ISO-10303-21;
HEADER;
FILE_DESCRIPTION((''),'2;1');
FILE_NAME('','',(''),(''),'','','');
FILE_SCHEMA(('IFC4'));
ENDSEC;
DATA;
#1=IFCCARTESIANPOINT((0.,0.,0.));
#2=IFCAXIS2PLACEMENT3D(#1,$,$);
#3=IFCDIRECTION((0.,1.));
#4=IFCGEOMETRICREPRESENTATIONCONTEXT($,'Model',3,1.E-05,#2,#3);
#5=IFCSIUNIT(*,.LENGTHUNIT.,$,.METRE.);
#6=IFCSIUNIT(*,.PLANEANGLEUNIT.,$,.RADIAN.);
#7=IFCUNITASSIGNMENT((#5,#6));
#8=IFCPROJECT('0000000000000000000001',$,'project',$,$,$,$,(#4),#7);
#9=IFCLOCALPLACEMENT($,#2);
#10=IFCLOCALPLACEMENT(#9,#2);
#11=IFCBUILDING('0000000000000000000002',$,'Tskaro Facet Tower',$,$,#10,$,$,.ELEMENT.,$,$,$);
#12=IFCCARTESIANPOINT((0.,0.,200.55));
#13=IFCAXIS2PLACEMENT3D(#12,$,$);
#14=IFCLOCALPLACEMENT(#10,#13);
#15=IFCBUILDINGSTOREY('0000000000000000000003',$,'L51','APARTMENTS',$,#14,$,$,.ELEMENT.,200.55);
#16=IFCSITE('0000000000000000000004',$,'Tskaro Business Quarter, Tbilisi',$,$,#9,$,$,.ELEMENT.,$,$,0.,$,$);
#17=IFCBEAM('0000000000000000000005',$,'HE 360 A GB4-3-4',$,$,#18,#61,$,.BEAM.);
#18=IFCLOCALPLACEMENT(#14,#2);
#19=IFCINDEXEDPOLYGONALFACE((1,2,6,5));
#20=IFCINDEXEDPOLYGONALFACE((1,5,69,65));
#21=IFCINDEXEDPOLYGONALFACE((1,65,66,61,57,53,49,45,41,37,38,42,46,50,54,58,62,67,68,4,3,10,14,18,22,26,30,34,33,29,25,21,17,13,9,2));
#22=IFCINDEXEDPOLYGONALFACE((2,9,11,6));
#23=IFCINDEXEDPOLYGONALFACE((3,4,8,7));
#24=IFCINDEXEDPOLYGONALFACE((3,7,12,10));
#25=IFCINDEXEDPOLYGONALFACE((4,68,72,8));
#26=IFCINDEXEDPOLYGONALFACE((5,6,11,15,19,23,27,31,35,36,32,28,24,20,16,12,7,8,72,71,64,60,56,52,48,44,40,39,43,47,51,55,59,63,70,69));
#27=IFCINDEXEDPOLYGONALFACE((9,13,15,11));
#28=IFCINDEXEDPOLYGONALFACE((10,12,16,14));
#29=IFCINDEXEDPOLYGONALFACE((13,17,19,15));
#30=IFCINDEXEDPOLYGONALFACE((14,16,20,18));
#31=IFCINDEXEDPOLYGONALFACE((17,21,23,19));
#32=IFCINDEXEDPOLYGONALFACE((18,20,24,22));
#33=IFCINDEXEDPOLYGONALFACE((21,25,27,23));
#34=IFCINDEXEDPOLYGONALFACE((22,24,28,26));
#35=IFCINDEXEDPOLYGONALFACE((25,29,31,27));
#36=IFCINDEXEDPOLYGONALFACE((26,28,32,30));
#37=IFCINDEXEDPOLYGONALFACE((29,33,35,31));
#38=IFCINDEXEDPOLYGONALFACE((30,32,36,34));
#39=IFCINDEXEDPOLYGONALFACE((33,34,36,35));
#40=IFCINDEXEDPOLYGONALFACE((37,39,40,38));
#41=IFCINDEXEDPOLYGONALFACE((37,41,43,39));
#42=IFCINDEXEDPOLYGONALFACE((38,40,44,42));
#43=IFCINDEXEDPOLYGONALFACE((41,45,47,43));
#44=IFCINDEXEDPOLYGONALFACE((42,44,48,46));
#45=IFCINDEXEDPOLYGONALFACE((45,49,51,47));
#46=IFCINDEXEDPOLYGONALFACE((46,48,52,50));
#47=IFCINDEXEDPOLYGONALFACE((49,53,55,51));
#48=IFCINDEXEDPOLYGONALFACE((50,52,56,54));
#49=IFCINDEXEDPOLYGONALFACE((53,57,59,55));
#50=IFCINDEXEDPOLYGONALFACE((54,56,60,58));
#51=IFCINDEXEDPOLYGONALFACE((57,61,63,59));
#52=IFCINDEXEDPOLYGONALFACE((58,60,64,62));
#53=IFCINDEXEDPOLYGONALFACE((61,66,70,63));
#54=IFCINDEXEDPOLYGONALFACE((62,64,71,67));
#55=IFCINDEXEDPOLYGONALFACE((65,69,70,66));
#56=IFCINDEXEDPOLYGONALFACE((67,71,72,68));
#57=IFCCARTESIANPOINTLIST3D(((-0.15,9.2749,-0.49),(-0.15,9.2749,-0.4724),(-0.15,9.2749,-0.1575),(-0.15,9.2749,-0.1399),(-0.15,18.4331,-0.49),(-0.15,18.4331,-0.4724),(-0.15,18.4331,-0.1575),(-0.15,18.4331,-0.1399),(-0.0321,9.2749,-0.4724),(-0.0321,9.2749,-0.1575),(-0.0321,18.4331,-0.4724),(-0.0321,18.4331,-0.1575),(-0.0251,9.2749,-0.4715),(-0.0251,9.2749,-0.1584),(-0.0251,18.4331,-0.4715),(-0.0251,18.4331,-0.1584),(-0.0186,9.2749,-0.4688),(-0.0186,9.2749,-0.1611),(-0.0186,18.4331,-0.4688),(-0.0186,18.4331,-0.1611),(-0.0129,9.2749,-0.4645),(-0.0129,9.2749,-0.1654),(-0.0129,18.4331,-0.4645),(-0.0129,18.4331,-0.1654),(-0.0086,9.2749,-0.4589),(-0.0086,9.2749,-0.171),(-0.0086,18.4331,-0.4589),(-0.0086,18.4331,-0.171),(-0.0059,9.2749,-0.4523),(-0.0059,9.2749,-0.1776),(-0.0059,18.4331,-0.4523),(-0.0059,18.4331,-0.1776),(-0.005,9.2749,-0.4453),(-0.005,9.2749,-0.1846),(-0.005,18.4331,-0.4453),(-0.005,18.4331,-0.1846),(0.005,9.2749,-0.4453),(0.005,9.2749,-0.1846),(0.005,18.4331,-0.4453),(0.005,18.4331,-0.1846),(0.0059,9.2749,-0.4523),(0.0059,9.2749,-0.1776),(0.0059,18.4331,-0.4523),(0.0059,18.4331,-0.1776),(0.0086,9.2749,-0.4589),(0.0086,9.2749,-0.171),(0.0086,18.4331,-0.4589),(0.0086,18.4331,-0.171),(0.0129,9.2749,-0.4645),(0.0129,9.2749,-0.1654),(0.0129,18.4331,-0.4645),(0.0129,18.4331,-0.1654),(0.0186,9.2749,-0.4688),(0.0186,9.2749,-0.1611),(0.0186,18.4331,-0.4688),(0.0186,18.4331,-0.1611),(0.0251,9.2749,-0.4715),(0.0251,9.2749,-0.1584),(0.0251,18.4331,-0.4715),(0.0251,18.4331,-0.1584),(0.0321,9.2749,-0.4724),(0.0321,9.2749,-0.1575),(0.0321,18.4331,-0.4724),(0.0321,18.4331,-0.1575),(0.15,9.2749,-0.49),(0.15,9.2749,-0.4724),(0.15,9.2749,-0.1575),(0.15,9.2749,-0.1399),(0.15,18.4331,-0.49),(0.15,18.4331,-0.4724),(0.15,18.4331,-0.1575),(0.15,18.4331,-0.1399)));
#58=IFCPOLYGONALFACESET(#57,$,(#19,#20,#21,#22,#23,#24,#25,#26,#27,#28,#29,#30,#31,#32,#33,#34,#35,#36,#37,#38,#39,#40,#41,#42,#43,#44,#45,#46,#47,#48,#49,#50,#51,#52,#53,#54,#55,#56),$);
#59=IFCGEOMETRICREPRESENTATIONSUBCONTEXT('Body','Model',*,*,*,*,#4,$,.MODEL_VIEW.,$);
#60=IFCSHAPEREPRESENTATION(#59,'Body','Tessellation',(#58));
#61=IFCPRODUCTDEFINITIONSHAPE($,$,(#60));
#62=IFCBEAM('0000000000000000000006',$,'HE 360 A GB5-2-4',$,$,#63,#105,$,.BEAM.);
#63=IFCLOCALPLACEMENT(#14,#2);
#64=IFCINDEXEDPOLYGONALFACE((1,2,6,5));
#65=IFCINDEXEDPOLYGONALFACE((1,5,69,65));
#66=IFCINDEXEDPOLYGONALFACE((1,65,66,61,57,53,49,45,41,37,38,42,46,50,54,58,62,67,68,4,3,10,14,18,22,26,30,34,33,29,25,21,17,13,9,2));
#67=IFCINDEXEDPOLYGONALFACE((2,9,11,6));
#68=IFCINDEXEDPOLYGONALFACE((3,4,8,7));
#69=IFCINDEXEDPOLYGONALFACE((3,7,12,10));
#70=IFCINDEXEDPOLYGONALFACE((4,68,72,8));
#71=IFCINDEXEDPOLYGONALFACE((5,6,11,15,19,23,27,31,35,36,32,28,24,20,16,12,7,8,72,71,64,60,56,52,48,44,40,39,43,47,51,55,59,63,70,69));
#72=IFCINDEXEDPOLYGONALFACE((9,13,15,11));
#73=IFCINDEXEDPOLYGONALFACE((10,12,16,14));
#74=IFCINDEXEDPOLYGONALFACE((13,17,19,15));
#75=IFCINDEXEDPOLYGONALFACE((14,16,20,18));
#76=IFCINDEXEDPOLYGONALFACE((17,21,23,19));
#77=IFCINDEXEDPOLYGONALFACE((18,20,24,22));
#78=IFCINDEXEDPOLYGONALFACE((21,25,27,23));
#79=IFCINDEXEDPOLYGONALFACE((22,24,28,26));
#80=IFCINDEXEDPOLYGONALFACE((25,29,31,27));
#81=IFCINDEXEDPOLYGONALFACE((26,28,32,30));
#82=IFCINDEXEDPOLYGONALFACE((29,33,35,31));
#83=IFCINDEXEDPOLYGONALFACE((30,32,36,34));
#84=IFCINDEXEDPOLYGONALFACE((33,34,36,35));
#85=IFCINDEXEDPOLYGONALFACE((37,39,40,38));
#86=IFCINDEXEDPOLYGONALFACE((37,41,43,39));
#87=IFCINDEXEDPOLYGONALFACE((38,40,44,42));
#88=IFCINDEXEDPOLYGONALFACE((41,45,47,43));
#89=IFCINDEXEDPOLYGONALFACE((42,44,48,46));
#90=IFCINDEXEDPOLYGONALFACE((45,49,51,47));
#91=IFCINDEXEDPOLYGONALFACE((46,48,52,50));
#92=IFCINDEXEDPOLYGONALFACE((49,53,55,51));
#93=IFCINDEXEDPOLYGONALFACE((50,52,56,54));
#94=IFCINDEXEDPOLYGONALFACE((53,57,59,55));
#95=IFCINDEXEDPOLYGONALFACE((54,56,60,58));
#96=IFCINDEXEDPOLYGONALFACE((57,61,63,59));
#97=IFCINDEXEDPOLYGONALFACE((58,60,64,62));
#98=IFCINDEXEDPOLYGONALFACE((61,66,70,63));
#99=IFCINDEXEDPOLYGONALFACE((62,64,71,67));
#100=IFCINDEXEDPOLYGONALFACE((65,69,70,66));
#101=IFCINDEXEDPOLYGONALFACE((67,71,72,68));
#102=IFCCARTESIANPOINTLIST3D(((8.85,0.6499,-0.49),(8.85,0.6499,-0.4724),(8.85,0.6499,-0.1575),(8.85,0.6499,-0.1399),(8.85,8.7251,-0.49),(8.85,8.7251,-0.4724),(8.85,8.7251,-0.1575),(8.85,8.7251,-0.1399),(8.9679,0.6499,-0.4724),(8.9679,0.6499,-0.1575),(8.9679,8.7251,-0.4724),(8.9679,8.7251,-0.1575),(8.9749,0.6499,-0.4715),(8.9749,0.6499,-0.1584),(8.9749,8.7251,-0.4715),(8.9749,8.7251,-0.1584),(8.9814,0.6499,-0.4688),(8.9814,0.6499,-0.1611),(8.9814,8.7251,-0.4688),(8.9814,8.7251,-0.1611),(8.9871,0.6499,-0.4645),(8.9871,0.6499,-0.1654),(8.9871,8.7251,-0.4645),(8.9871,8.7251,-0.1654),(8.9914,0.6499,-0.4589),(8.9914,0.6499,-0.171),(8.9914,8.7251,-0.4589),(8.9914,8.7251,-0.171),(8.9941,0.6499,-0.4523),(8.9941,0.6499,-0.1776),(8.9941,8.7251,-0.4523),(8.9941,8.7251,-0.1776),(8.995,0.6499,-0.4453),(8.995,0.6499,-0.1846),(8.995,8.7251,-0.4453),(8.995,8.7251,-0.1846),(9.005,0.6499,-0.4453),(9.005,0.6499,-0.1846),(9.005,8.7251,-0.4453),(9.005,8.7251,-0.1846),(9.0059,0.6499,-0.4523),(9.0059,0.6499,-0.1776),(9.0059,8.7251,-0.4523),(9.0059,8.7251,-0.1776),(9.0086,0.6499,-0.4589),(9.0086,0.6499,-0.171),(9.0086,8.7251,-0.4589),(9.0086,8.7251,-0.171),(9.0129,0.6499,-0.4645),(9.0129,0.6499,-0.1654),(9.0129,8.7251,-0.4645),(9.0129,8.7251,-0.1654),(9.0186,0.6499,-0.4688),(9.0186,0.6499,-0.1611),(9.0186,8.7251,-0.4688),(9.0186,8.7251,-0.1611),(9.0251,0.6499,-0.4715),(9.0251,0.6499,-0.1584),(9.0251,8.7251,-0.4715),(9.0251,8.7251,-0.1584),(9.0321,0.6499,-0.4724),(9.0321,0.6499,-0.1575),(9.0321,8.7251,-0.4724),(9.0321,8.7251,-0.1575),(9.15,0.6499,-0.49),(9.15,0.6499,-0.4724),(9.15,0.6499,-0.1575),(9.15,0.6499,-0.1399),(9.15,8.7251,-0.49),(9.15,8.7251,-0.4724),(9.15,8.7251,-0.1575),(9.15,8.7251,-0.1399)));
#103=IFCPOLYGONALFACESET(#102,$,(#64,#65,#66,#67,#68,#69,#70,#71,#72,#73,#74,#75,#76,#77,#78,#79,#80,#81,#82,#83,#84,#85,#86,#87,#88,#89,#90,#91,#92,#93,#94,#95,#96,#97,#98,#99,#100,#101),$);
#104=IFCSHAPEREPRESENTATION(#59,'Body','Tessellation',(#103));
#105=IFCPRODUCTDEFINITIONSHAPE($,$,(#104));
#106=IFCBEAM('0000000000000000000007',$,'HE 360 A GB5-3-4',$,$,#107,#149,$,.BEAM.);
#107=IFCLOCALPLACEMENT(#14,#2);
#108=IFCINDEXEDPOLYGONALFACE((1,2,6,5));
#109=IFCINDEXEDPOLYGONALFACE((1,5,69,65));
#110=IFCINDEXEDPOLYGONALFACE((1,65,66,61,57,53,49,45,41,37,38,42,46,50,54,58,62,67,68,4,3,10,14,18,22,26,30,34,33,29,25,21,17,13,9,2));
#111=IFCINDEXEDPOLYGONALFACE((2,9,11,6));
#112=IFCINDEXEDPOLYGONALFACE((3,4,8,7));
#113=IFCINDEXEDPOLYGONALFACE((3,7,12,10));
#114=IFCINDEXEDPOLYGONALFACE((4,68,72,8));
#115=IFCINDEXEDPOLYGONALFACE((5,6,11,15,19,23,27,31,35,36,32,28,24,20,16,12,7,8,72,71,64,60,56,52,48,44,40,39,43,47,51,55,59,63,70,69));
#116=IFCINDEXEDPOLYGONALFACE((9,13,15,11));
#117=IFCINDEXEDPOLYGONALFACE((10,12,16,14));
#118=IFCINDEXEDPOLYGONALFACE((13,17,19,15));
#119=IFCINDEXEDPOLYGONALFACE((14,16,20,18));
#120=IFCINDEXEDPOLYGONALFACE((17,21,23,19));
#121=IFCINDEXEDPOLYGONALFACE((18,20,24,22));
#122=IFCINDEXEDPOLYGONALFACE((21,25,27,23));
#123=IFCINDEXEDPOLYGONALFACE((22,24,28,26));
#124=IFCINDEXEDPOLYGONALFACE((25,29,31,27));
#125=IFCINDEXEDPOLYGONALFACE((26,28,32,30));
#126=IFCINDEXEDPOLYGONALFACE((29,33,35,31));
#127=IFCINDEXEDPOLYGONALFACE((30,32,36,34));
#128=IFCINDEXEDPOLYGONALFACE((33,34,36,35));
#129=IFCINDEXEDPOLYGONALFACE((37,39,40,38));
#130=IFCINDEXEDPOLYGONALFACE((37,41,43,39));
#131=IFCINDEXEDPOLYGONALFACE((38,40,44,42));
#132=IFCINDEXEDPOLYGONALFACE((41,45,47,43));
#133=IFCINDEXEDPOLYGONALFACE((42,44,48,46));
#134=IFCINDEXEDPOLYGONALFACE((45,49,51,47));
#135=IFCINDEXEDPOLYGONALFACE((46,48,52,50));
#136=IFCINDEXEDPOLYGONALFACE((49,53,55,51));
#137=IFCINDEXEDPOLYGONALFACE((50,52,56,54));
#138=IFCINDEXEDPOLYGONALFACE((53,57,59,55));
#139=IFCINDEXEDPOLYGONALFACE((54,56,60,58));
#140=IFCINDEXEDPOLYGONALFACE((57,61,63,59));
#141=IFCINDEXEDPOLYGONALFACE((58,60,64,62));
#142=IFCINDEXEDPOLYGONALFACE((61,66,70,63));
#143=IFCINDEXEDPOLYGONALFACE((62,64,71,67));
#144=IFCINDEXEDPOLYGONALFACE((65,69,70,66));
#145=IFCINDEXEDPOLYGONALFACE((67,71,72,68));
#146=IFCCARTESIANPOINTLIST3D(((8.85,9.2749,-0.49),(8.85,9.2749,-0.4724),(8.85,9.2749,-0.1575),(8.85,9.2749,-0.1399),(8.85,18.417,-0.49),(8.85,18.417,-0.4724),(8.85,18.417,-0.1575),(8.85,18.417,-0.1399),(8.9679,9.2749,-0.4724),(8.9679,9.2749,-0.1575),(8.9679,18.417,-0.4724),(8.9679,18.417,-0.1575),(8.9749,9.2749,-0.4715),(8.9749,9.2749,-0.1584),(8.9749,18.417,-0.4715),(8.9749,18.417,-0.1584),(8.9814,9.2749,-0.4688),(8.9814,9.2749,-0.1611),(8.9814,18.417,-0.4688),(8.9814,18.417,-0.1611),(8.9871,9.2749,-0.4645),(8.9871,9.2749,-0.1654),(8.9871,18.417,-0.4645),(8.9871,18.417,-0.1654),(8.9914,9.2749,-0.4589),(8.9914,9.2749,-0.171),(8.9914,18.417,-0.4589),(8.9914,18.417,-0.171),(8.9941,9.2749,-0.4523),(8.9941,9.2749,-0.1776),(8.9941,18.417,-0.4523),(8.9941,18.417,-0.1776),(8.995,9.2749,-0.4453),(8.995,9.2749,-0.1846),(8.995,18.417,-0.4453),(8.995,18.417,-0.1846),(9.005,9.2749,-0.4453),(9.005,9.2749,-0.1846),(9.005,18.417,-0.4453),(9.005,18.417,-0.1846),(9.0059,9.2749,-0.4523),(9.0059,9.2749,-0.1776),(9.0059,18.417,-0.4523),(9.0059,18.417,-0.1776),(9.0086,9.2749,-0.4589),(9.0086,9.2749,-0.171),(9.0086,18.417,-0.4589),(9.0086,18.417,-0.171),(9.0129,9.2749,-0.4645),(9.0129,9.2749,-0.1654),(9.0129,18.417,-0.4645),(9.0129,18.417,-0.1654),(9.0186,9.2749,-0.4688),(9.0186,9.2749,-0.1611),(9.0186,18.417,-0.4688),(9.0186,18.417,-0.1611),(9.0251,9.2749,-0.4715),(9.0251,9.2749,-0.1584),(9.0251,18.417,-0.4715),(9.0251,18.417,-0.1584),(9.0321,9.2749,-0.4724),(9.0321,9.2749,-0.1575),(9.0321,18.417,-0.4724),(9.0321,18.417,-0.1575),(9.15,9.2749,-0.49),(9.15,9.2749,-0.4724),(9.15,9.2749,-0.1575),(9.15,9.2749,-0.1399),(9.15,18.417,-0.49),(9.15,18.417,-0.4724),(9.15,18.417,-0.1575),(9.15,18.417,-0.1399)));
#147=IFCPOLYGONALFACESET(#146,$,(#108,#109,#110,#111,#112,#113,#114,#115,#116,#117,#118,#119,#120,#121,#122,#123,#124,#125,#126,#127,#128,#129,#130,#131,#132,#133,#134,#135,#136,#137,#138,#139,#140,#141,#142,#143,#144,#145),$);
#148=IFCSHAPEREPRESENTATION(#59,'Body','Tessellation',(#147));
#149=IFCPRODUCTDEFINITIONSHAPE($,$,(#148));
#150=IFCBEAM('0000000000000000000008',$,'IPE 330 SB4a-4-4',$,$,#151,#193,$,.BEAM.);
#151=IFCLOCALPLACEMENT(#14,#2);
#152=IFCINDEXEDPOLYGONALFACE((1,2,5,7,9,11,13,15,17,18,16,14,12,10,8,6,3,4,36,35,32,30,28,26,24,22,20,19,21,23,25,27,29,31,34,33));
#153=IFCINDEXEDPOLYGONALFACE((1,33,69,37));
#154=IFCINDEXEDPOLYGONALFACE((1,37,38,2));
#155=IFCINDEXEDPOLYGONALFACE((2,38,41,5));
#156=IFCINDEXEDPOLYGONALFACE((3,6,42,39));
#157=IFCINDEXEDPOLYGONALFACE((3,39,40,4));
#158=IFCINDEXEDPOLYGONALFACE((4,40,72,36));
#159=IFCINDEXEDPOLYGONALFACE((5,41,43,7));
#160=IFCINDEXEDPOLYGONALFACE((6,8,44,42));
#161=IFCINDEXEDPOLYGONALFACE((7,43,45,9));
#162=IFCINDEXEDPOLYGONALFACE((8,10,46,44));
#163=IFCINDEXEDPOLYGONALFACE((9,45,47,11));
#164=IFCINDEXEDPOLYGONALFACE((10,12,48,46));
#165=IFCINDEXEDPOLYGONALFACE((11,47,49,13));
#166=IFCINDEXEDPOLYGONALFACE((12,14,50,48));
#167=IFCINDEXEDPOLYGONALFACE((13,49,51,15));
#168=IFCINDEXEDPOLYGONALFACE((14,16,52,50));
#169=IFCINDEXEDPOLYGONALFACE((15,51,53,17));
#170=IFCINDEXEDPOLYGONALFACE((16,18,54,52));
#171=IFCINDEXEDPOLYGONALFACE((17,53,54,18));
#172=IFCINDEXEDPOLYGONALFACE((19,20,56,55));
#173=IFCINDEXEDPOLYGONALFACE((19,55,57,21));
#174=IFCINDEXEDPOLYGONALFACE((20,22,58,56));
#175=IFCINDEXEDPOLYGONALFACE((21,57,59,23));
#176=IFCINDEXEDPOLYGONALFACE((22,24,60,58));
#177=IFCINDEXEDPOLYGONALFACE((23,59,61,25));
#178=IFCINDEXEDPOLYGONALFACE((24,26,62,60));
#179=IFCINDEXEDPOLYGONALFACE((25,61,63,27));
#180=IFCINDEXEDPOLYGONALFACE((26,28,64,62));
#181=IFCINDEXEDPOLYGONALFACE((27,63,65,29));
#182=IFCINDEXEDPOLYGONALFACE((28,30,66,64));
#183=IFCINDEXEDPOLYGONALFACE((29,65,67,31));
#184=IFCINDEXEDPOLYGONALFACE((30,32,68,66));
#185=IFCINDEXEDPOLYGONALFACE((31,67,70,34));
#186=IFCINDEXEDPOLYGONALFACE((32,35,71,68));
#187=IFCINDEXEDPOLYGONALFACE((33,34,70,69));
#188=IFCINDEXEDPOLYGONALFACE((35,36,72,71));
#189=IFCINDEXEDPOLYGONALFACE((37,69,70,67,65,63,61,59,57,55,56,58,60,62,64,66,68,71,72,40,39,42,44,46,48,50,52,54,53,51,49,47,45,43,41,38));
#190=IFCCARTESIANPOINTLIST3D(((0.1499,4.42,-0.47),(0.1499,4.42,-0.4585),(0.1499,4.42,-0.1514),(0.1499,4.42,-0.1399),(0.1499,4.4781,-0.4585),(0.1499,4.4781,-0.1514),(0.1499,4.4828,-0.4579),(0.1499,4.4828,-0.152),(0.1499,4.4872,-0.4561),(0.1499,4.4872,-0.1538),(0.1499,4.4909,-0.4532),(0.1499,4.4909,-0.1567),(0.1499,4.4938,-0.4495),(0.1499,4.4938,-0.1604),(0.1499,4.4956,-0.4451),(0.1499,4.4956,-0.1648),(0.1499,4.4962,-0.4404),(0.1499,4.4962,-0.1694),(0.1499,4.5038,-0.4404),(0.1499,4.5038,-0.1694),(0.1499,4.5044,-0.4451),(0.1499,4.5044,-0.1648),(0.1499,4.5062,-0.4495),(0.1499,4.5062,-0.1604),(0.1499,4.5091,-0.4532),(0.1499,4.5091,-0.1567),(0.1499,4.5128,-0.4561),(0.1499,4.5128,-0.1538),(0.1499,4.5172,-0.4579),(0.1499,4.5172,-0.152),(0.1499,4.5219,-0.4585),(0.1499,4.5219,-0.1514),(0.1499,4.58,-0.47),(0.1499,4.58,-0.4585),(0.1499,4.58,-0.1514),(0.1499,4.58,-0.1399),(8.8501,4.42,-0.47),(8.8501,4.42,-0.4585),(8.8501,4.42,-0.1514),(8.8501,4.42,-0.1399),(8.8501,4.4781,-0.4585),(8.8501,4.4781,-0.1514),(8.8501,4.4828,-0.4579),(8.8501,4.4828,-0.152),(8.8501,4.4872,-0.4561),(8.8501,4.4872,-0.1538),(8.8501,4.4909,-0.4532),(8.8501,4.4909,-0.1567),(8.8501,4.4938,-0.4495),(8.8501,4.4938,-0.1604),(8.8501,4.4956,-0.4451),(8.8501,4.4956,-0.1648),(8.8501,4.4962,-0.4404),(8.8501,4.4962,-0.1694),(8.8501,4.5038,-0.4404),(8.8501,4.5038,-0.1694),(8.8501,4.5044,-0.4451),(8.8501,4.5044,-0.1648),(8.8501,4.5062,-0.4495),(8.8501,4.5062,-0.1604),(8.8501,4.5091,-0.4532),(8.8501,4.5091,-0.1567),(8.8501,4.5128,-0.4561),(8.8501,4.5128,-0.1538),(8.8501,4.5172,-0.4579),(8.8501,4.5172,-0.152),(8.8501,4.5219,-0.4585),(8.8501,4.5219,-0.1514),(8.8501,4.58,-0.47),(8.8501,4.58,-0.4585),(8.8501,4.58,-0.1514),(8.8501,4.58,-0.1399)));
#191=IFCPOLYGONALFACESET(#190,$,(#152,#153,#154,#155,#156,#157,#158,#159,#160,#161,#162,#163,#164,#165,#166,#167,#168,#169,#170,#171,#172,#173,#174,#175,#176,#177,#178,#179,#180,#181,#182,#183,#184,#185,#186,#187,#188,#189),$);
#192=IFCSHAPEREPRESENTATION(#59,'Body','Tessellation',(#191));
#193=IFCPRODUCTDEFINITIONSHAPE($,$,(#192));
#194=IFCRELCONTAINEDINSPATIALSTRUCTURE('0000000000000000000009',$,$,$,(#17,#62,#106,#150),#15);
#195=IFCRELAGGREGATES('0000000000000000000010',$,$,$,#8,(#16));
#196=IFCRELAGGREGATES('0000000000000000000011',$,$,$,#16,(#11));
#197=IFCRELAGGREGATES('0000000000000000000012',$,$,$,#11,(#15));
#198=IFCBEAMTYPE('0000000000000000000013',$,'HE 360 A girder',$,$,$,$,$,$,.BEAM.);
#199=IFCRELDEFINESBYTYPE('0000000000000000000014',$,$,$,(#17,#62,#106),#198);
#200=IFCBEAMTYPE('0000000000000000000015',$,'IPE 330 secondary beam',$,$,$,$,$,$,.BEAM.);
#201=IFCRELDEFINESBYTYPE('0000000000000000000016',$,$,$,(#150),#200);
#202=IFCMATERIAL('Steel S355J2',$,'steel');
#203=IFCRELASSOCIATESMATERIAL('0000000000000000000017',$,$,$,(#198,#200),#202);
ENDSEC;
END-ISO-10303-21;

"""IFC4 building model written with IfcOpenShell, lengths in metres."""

from ifc_helpers import new_model, si_unit, direction, frame, origin, origin_2d, place, context, subcontext, project, spatial, i_section, extrude, material, material_profile, profile_set, type_object, element, save


model = new_model("IFC4")

# Units and contexts
model_context = context("Model", 3, precision=1e-05, world=origin(), true_north=direction((0.0, 1.0)))
body_context = subcontext(model_context, "Body", "Model", "MODEL_VIEW")
ifc_project = project(units=[si_unit("LENGTHUNIT", "METRE"), si_unit("PLANEANGLEUNIT", "RADIAN")], contexts=[model_context])

# Site, building, storey
site_placement = place(None, origin())
site = spatial("IfcSite", under=ifc_project, at=site_placement, Name="Tskaro Business Quarter, Tbilisi", CompositionType="ELEMENT", RefElevation=0.0)
building_placement = place(site_placement, origin())
building = spatial("IfcBuilding", under=site, at=building_placement, Name="Tskaro Facet Tower", CompositionType="ELEMENT")
storey_placement = place(building_placement, frame((0.0, 0.0, 200.55)))
storey = spatial("IfcBuildingStorey", under=building, at=storey_placement, Name="L51", Description="APARTMENTS", CompositionType="ELEMENT", Elevation=200.55)

# Beams
ifc_material_1 = material(Name="Steel S355J2", Category="steel")
ifc_material_profile_1 = material_profile(ifc_material_1, i_section(OverallWidth=0.3, OverallDepth=0.3501, WebThickness=0.01, FlangeThickness=0.0176, FilletRadius=0.0271, at=origin_2d()), Name="HE 360 A")
ifc_profile_set_1 = profile_set([ifc_material_profile_1], Name="Steel S355J2")
beam_type_1 = type_object("IfcBeamType", Name="HE 360 A girder", PredefinedType="BEAM", material=ifc_profile_set_1)
beam_1_placement = place(storey_placement, frame((0.0, 9.2749, -0.3149), z_axis=(0.0, 1.0, 0.0), x_axis=(-1.0, 0.0, 0.0)))
element("IfcBeam", 1, at=beam_1_placement, inside=storey, type_object=beam_type_1, Name="HE 360 A GB4-3-4", PredefinedType="BEAM", context=body_context, shape_type="SweptSolid", body=[
    extrude(i_section(OverallWidth=0.3, OverallDepth=0.3501, WebThickness=0.01, FlangeThickness=0.0176, FilletRadius=0.0271, at=origin_2d()), origin(), (0.0, 0.0, 1.0), 9.1582),
])
beam_2_placement = place(storey_placement, frame((9.0, 0.6499, -0.3149), z_axis=(0.0, 1.0, 0.0), x_axis=(-1.0, 0.0, 0.0)))
element("IfcBeam", 2, at=beam_2_placement, inside=storey, type_object=beam_type_1, Name="HE 360 A GB5-2-4", PredefinedType="BEAM", context=body_context, shape_type="SweptSolid", body=[
    extrude(i_section(OverallWidth=0.3, OverallDepth=0.3501, WebThickness=0.01, FlangeThickness=0.0176, FilletRadius=0.0271, at=origin_2d()), origin(), (0.0, 0.0, 1.0), 8.0752),
])
beam_3_placement = place(storey_placement, frame((9.0, 9.2749, -0.3149), z_axis=(0.0, 1.0, 0.0), x_axis=(-1.0, 0.0, 0.0)))
element("IfcBeam", 3, at=beam_3_placement, inside=storey, type_object=beam_type_1, Name="HE 360 A GB5-3-4", PredefinedType="BEAM", context=body_context, shape_type="SweptSolid", body=[
    extrude(i_section(OverallWidth=0.3, OverallDepth=0.3501, WebThickness=0.01, FlangeThickness=0.0176, FilletRadius=0.0271, at=origin_2d()), origin(), (0.0, 0.0, 1.0), 9.1421),
])
ifc_material_profile_2 = material_profile(ifc_material_1, i_section(OverallWidth=0.1599, OverallDepth=0.3301, WebThickness=0.0076, FlangeThickness=0.0115, FilletRadius=0.0181, at=origin_2d()), Name="IPE 330")
ifc_profile_set_2 = profile_set([ifc_material_profile_2], Name="Steel S355J2")
beam_type_2 = type_object("IfcBeamType", Name="IPE 330 secondary beam", PredefinedType="BEAM", material=ifc_profile_set_2)
beam_4_placement = place(storey_placement, frame((0.1499, 4.5, -0.3049), z_axis=(1.0, 0.0, 0.0), x_axis=(0.0, 1.0, 0.0)))
element("IfcBeam", 4, at=beam_4_placement, inside=storey, type_object=beam_type_2, Name="IPE 330 SB4a-4-4", PredefinedType="BEAM", context=body_context, shape_type="SweptSolid", body=[
    extrude(i_section(OverallWidth=0.1599, OverallDepth=0.3301, WebThickness=0.0076, FlangeThickness=0.0115, FilletRadius=0.0181, at=origin_2d()), origin(), (0.0, 0.0, 1.0), 8.7002),
])

save(model, "model.ifc")
